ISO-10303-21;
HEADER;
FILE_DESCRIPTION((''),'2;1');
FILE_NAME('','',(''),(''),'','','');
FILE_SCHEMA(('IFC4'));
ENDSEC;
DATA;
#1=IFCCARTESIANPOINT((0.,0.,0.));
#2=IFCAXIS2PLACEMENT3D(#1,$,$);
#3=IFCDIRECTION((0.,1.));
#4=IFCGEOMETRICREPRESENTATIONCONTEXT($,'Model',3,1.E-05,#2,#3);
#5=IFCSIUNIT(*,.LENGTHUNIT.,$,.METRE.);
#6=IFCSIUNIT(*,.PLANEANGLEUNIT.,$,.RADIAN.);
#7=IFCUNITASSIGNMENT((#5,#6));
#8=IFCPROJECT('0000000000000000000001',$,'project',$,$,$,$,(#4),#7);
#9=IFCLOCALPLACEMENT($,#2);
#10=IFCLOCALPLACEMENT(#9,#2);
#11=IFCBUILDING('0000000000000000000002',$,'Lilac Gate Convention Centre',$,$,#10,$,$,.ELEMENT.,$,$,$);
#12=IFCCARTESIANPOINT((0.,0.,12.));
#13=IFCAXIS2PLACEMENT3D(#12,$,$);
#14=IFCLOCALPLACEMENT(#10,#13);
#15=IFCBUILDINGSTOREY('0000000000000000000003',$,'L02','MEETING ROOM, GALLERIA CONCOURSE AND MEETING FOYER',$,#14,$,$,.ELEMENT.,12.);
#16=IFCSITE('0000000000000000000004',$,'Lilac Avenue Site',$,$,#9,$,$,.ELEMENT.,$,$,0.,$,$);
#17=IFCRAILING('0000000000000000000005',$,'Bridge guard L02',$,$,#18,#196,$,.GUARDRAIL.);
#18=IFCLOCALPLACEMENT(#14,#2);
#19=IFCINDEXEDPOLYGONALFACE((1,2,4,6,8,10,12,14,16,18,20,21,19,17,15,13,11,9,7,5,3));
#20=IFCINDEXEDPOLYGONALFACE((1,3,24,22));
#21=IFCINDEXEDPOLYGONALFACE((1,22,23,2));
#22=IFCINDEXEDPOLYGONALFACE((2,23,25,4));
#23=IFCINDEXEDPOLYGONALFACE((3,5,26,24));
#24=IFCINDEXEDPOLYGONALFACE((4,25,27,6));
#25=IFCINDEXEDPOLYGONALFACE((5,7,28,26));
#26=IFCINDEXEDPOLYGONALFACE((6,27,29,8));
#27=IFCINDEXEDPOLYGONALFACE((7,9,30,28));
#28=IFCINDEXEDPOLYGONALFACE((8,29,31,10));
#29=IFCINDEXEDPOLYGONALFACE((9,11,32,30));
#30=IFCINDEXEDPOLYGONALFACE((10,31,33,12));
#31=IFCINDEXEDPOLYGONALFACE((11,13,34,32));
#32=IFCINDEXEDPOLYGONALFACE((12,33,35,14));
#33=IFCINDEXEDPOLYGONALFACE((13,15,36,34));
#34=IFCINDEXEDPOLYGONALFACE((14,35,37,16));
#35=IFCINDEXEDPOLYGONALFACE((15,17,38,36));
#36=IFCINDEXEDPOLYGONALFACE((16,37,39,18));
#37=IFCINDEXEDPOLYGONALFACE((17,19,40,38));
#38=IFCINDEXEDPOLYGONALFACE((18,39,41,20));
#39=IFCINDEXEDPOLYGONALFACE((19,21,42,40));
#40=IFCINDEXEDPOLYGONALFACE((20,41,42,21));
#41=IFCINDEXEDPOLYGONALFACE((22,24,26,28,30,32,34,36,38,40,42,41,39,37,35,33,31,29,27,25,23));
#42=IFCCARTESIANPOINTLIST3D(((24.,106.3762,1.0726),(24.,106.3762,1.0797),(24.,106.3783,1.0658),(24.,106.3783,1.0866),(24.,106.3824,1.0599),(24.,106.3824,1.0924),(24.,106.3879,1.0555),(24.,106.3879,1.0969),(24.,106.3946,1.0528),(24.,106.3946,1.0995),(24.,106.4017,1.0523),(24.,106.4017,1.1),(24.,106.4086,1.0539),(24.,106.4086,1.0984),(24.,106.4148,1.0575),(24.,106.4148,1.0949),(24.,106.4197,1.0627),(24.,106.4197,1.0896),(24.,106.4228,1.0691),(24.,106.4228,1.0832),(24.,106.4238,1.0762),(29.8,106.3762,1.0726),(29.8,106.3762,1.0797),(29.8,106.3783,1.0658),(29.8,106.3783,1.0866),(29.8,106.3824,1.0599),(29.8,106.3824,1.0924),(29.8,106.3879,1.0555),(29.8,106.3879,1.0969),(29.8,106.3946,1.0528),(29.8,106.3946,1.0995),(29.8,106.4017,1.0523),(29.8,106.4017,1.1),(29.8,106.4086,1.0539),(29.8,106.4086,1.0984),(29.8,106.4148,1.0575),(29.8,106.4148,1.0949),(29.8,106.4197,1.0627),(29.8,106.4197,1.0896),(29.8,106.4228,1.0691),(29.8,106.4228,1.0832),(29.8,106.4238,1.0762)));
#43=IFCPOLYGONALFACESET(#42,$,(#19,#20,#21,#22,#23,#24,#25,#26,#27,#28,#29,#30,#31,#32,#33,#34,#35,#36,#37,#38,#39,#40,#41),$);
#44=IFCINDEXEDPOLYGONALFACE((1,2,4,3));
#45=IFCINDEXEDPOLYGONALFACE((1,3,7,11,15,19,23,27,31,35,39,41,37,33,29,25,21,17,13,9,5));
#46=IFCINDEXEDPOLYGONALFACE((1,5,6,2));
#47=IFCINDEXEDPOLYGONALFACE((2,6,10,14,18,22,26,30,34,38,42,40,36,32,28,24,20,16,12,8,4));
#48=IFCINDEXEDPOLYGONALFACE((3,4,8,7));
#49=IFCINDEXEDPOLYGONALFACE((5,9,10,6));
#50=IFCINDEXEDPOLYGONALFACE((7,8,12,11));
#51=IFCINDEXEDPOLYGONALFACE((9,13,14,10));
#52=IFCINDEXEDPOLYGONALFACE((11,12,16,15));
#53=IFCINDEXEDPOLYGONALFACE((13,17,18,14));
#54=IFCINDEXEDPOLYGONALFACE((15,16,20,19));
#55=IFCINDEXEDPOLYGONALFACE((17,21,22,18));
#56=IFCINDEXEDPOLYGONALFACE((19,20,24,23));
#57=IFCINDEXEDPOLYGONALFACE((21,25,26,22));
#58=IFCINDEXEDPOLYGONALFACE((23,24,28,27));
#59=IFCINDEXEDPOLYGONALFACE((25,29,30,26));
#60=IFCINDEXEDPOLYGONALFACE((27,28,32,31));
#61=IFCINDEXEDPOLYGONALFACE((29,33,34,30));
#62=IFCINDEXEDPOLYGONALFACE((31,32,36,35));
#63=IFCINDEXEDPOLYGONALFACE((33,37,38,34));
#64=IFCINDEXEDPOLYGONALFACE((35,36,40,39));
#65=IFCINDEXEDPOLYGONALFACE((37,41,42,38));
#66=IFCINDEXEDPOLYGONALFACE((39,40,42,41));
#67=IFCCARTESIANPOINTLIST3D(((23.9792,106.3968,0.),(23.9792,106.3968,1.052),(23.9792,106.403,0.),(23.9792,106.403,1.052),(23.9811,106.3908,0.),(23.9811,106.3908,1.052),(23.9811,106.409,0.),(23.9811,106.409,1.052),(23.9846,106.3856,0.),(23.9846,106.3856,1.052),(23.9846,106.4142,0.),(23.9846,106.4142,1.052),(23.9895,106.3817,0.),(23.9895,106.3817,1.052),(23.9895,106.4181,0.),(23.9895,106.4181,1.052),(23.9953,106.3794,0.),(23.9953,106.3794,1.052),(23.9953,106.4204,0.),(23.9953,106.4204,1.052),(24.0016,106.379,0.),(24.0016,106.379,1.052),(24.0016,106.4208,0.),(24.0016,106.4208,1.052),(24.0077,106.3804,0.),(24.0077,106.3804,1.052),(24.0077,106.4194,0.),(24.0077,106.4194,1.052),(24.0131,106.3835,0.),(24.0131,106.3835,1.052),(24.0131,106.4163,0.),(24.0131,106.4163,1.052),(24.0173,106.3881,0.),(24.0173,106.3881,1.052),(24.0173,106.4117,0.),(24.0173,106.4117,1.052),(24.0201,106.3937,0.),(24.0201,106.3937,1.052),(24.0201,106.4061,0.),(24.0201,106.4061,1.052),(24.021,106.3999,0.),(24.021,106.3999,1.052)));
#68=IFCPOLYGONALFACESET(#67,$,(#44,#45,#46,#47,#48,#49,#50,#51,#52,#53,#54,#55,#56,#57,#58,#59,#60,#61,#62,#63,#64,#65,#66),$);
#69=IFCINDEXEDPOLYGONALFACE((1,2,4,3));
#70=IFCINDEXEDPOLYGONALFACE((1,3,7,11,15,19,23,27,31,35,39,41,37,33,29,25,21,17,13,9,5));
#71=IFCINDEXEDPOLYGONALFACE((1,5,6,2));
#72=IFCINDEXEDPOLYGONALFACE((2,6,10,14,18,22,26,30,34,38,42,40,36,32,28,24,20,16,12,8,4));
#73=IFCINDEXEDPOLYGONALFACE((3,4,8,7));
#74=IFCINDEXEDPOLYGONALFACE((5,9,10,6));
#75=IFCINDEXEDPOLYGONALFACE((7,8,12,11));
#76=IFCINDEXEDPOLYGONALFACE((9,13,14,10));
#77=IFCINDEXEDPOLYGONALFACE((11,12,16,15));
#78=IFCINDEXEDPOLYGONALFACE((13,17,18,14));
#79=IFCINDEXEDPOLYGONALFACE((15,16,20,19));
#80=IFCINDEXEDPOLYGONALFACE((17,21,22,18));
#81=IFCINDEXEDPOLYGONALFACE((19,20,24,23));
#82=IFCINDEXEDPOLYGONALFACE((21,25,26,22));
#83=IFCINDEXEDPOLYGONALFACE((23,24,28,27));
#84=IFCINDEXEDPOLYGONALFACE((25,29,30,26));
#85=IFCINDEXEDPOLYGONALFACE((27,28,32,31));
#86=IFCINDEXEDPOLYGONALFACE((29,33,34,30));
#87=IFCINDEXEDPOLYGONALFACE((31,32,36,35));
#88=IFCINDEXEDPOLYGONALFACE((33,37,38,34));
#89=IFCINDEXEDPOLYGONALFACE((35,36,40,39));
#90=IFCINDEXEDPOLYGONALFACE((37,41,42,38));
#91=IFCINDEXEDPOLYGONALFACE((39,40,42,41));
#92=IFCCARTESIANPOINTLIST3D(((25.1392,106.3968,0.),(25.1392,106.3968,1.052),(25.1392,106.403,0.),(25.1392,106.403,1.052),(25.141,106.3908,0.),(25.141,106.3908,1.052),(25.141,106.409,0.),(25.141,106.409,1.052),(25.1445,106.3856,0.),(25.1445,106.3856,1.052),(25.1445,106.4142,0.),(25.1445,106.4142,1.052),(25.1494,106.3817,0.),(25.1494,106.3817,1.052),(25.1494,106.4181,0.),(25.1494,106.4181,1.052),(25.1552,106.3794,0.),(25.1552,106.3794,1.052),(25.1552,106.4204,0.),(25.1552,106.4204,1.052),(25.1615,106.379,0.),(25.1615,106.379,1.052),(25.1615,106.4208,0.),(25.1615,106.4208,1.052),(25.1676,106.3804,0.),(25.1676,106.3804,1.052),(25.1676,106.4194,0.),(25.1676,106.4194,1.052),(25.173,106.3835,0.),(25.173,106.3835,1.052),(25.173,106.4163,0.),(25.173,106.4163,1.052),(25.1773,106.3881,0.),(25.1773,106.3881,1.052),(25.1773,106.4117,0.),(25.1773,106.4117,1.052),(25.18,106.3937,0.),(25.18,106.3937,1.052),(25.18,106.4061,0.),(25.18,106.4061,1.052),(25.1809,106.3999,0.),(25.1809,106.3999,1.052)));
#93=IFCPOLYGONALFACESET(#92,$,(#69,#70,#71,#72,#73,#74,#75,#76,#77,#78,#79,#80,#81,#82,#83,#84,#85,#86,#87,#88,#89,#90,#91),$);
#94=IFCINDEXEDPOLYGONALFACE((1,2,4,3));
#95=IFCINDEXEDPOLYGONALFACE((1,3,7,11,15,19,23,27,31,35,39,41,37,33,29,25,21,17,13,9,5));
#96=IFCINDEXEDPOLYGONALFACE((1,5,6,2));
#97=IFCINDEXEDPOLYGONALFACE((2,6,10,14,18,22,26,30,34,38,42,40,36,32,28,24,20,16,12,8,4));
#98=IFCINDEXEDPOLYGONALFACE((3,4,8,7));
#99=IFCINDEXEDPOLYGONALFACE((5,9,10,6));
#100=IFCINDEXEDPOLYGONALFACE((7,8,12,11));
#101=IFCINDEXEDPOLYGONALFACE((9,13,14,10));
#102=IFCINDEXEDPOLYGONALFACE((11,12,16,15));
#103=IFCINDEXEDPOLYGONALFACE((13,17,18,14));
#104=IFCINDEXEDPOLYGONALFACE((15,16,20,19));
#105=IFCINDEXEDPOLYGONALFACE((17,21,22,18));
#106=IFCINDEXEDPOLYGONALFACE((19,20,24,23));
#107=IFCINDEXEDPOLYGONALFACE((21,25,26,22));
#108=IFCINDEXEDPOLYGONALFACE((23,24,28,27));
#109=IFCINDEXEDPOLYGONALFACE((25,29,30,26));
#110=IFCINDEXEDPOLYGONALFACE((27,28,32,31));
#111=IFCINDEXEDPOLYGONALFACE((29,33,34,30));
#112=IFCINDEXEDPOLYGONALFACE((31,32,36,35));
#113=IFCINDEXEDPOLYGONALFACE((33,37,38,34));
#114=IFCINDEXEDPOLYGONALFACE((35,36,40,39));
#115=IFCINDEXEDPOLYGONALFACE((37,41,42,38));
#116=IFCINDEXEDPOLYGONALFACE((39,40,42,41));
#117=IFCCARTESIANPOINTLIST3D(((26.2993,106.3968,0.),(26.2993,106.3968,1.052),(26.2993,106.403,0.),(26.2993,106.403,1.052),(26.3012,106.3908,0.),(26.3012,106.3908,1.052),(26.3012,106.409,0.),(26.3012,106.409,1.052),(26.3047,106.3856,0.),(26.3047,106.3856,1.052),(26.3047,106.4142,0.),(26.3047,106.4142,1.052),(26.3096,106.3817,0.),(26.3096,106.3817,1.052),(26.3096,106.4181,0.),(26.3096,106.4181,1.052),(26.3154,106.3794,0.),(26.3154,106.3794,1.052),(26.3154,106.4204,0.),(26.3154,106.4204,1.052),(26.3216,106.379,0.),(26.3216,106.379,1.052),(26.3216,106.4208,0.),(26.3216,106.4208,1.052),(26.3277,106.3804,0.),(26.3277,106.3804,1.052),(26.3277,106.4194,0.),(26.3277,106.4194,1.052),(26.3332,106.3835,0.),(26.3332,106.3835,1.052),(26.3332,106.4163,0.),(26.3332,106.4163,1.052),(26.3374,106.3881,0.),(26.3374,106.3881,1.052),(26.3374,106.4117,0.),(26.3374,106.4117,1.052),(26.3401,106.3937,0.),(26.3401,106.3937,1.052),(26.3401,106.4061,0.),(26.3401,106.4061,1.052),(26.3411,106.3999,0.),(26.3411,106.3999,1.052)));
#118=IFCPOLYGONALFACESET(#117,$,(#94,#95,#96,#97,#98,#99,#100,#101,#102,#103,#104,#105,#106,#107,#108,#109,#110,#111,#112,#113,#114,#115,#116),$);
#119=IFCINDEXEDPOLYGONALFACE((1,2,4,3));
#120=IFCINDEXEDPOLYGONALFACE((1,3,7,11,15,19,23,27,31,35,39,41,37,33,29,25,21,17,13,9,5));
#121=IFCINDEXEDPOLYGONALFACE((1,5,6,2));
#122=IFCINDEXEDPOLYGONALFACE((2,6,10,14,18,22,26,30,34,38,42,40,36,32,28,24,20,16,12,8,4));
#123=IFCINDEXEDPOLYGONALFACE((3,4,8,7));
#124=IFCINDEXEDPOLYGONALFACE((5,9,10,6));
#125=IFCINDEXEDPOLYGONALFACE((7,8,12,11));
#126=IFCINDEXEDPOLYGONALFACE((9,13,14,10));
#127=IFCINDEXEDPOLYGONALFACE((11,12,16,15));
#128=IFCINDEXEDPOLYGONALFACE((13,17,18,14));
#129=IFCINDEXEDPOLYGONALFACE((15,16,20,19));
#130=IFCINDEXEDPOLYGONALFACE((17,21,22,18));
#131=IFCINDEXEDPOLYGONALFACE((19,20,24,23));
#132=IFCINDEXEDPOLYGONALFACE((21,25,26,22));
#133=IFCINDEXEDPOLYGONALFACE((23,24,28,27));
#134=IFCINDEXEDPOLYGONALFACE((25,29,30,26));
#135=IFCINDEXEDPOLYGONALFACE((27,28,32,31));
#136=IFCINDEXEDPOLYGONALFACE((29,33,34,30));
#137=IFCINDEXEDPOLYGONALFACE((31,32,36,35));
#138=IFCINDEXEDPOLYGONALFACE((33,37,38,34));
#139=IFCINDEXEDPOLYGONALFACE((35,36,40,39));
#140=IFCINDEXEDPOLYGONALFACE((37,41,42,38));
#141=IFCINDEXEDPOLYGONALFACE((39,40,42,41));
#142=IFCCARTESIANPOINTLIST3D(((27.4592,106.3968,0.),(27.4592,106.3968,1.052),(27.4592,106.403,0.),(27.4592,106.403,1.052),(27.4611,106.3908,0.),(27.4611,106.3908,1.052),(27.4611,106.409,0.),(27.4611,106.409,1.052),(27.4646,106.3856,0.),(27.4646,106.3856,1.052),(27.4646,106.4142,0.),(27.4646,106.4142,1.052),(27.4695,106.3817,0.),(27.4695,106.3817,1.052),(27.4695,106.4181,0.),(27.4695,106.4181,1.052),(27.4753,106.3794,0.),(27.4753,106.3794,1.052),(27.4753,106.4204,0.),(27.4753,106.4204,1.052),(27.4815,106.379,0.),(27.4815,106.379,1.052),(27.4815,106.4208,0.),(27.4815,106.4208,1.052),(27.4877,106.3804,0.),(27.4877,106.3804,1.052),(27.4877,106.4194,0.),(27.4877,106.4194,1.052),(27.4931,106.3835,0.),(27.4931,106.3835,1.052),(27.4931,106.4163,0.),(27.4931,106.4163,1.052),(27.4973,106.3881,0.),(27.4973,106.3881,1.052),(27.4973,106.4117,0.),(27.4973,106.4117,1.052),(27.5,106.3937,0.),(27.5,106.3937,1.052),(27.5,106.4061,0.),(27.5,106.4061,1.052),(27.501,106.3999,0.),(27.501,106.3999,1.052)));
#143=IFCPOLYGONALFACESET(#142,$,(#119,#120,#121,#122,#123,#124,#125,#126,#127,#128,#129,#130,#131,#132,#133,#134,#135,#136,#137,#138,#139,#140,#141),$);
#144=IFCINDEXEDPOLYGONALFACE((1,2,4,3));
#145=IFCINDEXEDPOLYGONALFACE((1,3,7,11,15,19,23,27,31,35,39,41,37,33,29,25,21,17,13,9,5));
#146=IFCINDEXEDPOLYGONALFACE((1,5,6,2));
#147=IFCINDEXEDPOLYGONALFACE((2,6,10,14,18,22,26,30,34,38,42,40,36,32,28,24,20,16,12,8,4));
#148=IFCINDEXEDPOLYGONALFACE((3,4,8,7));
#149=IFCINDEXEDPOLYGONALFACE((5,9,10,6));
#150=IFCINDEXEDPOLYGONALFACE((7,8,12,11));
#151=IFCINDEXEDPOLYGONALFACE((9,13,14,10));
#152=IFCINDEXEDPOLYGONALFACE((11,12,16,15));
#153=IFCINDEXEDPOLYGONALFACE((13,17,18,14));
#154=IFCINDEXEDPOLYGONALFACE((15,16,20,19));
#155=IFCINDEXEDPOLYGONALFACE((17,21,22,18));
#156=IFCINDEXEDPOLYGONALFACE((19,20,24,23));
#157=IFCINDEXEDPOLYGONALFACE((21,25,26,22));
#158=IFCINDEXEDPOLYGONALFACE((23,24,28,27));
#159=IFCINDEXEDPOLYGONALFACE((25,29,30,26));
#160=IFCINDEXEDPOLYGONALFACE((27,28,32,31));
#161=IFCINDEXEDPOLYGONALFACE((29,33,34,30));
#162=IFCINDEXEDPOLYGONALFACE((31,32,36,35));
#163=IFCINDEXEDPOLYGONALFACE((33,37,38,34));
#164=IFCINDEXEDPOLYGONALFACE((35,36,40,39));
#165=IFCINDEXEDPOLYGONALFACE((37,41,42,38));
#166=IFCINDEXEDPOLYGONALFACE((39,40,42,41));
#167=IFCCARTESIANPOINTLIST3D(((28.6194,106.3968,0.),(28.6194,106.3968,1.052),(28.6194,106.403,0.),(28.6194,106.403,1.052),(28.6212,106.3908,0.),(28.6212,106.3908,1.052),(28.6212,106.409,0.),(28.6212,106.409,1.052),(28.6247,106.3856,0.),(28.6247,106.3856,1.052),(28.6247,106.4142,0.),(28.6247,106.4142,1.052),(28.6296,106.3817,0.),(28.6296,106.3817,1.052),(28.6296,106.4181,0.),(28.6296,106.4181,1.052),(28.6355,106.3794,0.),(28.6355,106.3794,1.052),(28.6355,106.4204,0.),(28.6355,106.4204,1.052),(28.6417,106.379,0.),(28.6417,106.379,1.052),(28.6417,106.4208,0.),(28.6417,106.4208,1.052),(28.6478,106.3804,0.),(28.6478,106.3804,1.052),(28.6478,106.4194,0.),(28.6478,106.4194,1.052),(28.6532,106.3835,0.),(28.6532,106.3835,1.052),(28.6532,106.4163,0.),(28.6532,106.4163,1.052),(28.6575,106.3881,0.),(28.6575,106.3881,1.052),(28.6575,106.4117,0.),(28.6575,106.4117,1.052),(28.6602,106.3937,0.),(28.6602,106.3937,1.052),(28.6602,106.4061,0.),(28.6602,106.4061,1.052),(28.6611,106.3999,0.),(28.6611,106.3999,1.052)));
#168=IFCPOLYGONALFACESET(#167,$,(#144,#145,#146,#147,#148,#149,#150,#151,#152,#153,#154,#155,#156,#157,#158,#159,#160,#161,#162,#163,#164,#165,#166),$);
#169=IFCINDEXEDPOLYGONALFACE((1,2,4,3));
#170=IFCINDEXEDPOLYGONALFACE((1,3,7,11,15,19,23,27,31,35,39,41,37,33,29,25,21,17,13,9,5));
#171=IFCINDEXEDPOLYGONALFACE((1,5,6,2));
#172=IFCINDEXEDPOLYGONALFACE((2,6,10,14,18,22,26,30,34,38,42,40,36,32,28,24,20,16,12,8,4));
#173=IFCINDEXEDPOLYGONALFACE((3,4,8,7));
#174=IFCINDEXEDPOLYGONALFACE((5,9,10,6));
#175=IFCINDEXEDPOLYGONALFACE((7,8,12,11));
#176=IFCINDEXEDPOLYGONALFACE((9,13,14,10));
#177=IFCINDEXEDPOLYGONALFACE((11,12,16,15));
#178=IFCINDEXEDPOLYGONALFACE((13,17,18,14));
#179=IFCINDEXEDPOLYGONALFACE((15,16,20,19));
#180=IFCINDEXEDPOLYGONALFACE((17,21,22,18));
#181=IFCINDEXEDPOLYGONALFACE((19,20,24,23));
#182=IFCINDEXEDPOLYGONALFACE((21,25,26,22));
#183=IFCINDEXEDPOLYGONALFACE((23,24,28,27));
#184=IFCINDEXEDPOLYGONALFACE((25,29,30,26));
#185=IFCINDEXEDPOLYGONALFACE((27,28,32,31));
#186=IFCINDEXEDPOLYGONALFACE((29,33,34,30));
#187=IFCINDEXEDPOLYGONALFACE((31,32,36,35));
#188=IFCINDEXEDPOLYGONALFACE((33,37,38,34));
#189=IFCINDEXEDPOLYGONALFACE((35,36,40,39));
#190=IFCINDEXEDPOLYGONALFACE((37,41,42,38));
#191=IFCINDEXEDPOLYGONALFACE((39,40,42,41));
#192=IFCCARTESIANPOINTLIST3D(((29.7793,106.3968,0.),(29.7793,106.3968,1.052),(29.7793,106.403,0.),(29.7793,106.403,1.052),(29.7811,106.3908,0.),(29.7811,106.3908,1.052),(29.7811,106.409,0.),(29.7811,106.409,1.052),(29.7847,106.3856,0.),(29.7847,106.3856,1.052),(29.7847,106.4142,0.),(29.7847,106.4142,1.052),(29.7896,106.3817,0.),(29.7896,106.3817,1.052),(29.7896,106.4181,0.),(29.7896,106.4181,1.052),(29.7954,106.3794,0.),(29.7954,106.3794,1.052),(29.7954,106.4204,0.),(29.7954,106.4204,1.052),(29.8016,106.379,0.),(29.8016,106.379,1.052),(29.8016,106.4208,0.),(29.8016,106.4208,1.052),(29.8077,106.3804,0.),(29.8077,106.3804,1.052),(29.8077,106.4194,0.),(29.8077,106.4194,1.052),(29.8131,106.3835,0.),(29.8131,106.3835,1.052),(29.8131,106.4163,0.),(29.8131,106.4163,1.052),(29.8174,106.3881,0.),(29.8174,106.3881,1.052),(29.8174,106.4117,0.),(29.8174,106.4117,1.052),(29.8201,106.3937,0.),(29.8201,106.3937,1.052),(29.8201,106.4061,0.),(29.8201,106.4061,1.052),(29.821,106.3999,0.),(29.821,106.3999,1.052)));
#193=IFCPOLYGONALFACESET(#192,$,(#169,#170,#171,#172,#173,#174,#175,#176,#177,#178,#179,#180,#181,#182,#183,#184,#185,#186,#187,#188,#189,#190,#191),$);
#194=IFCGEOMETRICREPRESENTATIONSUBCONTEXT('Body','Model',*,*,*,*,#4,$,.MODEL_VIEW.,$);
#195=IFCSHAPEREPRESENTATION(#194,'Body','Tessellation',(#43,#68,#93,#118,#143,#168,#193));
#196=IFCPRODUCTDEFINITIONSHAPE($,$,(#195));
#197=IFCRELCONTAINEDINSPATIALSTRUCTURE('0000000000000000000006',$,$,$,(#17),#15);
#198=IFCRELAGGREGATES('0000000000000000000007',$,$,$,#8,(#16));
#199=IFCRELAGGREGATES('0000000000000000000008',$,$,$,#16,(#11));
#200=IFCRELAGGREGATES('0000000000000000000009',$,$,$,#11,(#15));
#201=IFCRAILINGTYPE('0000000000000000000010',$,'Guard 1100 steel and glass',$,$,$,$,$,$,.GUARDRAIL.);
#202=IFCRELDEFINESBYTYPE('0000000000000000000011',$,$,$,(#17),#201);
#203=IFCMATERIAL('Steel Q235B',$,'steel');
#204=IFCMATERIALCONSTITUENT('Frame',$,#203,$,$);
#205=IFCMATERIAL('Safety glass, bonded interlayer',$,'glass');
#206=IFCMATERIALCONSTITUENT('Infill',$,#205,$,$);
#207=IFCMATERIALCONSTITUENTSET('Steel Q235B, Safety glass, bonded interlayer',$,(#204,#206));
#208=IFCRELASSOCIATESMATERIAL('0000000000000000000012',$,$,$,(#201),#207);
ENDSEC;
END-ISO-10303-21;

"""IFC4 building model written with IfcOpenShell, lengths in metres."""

from ifc_helpers import new_model, si_unit, direction, frame, origin, origin_2d, place, context, subcontext, project, spatial, circle, extrude, material, constituent, constituent_set, type_object, element, save


model = new_model("IFC4")

# Units and contexts
model_context = context("Model", 3, precision=1e-05, world=origin(), true_north=direction((0.0, 1.0)))
body_context = subcontext(model_context, "Body", "Model", "MODEL_VIEW")
ifc_project = project(units=[si_unit("LENGTHUNIT", "METRE"), si_unit("PLANEANGLEUNIT", "RADIAN")], contexts=[model_context])

# Site, building, storey
site_placement = place(None, origin())
site = spatial("IfcSite", under=ifc_project, at=site_placement, Name="Lilac Avenue Site", CompositionType="ELEMENT", RefElevation=0.0)
building_placement = place(site_placement, origin())
building = spatial("IfcBuilding", under=site, at=building_placement, Name="Lilac Gate Convention Centre", CompositionType="ELEMENT")
storey_placement = place(building_placement, frame((0.0, 0.0, 12.0)))
storey = spatial("IfcBuildingStorey", under=building, at=storey_placement, Name="L02", Description="MEETING ROOM, GALLERIA CONCOURSE AND MEETING FOYER", CompositionType="ELEMENT", Elevation=12.0)

# Railing
ifc_material_1 = material(Name="Steel Q235B", Category="steel")
ifc_constituent_1 = constituent(ifc_material_1, Name="Frame")
ifc_material_2 = material(Name="Safety glass, bonded interlayer", Category="glass")
ifc_constituent_2 = constituent(ifc_material_2, Name="Infill")
ifc_constituent_set = constituent_set(constituents=[ifc_constituent_1, ifc_constituent_2], Name="Steel Q235B, Safety glass, bonded interlayer")
railing_type = type_object("IfcRailingType", Name="Guard 1100 steel and glass", PredefinedType="GUARDRAIL", material=ifc_constituent_set)
for number, where, name in (
    (1, (24.0, 106.3999, 0.0), "Bridge guard L02"),
):
    element("IfcRailing", number, at=place(storey_placement, frame(where)), inside=storey, type_object=railing_type, Name=name, PredefinedType="GUARDRAIL", context=body_context, shape_type="SweptSolid", body=[
        extrude(circle(Radius=0.0239, at=origin_2d()), frame((0.0, 0.0, 1.0762), z_axis=(1.0, 0.0, 0.0), x_axis=(0.0, 1.0, 0.0)), (0.0, 0.0, 1.0), 5.8),
        extrude(circle(Radius=0.021, at=origin_2d()), origin(), (0.0, 0.0, 1.0), 1.052),
        extrude(circle(Radius=0.021, at=origin_2d()), frame((1.1599, 0.0, 0.0)), (0.0, 0.0, 1.0), 1.052),
        extrude(circle(Radius=0.021, at=origin_2d()), frame((2.3201, 0.0, 0.0)), (0.0, 0.0, 1.0), 1.052),
        extrude(circle(Radius=0.021, at=origin_2d()), frame((3.48, 0.0, 0.0)), (0.0, 0.0, 1.0), 1.052),
        extrude(circle(Radius=0.021, at=origin_2d()), frame((4.6401, 0.0, 0.0)), (0.0, 0.0, 1.0), 1.052),
        extrude(circle(Radius=0.021, at=origin_2d()), frame((5.8, 0.0, 0.0)), (0.0, 0.0, 1.0), 1.052),
    ])

save(model, "model.ifc")
